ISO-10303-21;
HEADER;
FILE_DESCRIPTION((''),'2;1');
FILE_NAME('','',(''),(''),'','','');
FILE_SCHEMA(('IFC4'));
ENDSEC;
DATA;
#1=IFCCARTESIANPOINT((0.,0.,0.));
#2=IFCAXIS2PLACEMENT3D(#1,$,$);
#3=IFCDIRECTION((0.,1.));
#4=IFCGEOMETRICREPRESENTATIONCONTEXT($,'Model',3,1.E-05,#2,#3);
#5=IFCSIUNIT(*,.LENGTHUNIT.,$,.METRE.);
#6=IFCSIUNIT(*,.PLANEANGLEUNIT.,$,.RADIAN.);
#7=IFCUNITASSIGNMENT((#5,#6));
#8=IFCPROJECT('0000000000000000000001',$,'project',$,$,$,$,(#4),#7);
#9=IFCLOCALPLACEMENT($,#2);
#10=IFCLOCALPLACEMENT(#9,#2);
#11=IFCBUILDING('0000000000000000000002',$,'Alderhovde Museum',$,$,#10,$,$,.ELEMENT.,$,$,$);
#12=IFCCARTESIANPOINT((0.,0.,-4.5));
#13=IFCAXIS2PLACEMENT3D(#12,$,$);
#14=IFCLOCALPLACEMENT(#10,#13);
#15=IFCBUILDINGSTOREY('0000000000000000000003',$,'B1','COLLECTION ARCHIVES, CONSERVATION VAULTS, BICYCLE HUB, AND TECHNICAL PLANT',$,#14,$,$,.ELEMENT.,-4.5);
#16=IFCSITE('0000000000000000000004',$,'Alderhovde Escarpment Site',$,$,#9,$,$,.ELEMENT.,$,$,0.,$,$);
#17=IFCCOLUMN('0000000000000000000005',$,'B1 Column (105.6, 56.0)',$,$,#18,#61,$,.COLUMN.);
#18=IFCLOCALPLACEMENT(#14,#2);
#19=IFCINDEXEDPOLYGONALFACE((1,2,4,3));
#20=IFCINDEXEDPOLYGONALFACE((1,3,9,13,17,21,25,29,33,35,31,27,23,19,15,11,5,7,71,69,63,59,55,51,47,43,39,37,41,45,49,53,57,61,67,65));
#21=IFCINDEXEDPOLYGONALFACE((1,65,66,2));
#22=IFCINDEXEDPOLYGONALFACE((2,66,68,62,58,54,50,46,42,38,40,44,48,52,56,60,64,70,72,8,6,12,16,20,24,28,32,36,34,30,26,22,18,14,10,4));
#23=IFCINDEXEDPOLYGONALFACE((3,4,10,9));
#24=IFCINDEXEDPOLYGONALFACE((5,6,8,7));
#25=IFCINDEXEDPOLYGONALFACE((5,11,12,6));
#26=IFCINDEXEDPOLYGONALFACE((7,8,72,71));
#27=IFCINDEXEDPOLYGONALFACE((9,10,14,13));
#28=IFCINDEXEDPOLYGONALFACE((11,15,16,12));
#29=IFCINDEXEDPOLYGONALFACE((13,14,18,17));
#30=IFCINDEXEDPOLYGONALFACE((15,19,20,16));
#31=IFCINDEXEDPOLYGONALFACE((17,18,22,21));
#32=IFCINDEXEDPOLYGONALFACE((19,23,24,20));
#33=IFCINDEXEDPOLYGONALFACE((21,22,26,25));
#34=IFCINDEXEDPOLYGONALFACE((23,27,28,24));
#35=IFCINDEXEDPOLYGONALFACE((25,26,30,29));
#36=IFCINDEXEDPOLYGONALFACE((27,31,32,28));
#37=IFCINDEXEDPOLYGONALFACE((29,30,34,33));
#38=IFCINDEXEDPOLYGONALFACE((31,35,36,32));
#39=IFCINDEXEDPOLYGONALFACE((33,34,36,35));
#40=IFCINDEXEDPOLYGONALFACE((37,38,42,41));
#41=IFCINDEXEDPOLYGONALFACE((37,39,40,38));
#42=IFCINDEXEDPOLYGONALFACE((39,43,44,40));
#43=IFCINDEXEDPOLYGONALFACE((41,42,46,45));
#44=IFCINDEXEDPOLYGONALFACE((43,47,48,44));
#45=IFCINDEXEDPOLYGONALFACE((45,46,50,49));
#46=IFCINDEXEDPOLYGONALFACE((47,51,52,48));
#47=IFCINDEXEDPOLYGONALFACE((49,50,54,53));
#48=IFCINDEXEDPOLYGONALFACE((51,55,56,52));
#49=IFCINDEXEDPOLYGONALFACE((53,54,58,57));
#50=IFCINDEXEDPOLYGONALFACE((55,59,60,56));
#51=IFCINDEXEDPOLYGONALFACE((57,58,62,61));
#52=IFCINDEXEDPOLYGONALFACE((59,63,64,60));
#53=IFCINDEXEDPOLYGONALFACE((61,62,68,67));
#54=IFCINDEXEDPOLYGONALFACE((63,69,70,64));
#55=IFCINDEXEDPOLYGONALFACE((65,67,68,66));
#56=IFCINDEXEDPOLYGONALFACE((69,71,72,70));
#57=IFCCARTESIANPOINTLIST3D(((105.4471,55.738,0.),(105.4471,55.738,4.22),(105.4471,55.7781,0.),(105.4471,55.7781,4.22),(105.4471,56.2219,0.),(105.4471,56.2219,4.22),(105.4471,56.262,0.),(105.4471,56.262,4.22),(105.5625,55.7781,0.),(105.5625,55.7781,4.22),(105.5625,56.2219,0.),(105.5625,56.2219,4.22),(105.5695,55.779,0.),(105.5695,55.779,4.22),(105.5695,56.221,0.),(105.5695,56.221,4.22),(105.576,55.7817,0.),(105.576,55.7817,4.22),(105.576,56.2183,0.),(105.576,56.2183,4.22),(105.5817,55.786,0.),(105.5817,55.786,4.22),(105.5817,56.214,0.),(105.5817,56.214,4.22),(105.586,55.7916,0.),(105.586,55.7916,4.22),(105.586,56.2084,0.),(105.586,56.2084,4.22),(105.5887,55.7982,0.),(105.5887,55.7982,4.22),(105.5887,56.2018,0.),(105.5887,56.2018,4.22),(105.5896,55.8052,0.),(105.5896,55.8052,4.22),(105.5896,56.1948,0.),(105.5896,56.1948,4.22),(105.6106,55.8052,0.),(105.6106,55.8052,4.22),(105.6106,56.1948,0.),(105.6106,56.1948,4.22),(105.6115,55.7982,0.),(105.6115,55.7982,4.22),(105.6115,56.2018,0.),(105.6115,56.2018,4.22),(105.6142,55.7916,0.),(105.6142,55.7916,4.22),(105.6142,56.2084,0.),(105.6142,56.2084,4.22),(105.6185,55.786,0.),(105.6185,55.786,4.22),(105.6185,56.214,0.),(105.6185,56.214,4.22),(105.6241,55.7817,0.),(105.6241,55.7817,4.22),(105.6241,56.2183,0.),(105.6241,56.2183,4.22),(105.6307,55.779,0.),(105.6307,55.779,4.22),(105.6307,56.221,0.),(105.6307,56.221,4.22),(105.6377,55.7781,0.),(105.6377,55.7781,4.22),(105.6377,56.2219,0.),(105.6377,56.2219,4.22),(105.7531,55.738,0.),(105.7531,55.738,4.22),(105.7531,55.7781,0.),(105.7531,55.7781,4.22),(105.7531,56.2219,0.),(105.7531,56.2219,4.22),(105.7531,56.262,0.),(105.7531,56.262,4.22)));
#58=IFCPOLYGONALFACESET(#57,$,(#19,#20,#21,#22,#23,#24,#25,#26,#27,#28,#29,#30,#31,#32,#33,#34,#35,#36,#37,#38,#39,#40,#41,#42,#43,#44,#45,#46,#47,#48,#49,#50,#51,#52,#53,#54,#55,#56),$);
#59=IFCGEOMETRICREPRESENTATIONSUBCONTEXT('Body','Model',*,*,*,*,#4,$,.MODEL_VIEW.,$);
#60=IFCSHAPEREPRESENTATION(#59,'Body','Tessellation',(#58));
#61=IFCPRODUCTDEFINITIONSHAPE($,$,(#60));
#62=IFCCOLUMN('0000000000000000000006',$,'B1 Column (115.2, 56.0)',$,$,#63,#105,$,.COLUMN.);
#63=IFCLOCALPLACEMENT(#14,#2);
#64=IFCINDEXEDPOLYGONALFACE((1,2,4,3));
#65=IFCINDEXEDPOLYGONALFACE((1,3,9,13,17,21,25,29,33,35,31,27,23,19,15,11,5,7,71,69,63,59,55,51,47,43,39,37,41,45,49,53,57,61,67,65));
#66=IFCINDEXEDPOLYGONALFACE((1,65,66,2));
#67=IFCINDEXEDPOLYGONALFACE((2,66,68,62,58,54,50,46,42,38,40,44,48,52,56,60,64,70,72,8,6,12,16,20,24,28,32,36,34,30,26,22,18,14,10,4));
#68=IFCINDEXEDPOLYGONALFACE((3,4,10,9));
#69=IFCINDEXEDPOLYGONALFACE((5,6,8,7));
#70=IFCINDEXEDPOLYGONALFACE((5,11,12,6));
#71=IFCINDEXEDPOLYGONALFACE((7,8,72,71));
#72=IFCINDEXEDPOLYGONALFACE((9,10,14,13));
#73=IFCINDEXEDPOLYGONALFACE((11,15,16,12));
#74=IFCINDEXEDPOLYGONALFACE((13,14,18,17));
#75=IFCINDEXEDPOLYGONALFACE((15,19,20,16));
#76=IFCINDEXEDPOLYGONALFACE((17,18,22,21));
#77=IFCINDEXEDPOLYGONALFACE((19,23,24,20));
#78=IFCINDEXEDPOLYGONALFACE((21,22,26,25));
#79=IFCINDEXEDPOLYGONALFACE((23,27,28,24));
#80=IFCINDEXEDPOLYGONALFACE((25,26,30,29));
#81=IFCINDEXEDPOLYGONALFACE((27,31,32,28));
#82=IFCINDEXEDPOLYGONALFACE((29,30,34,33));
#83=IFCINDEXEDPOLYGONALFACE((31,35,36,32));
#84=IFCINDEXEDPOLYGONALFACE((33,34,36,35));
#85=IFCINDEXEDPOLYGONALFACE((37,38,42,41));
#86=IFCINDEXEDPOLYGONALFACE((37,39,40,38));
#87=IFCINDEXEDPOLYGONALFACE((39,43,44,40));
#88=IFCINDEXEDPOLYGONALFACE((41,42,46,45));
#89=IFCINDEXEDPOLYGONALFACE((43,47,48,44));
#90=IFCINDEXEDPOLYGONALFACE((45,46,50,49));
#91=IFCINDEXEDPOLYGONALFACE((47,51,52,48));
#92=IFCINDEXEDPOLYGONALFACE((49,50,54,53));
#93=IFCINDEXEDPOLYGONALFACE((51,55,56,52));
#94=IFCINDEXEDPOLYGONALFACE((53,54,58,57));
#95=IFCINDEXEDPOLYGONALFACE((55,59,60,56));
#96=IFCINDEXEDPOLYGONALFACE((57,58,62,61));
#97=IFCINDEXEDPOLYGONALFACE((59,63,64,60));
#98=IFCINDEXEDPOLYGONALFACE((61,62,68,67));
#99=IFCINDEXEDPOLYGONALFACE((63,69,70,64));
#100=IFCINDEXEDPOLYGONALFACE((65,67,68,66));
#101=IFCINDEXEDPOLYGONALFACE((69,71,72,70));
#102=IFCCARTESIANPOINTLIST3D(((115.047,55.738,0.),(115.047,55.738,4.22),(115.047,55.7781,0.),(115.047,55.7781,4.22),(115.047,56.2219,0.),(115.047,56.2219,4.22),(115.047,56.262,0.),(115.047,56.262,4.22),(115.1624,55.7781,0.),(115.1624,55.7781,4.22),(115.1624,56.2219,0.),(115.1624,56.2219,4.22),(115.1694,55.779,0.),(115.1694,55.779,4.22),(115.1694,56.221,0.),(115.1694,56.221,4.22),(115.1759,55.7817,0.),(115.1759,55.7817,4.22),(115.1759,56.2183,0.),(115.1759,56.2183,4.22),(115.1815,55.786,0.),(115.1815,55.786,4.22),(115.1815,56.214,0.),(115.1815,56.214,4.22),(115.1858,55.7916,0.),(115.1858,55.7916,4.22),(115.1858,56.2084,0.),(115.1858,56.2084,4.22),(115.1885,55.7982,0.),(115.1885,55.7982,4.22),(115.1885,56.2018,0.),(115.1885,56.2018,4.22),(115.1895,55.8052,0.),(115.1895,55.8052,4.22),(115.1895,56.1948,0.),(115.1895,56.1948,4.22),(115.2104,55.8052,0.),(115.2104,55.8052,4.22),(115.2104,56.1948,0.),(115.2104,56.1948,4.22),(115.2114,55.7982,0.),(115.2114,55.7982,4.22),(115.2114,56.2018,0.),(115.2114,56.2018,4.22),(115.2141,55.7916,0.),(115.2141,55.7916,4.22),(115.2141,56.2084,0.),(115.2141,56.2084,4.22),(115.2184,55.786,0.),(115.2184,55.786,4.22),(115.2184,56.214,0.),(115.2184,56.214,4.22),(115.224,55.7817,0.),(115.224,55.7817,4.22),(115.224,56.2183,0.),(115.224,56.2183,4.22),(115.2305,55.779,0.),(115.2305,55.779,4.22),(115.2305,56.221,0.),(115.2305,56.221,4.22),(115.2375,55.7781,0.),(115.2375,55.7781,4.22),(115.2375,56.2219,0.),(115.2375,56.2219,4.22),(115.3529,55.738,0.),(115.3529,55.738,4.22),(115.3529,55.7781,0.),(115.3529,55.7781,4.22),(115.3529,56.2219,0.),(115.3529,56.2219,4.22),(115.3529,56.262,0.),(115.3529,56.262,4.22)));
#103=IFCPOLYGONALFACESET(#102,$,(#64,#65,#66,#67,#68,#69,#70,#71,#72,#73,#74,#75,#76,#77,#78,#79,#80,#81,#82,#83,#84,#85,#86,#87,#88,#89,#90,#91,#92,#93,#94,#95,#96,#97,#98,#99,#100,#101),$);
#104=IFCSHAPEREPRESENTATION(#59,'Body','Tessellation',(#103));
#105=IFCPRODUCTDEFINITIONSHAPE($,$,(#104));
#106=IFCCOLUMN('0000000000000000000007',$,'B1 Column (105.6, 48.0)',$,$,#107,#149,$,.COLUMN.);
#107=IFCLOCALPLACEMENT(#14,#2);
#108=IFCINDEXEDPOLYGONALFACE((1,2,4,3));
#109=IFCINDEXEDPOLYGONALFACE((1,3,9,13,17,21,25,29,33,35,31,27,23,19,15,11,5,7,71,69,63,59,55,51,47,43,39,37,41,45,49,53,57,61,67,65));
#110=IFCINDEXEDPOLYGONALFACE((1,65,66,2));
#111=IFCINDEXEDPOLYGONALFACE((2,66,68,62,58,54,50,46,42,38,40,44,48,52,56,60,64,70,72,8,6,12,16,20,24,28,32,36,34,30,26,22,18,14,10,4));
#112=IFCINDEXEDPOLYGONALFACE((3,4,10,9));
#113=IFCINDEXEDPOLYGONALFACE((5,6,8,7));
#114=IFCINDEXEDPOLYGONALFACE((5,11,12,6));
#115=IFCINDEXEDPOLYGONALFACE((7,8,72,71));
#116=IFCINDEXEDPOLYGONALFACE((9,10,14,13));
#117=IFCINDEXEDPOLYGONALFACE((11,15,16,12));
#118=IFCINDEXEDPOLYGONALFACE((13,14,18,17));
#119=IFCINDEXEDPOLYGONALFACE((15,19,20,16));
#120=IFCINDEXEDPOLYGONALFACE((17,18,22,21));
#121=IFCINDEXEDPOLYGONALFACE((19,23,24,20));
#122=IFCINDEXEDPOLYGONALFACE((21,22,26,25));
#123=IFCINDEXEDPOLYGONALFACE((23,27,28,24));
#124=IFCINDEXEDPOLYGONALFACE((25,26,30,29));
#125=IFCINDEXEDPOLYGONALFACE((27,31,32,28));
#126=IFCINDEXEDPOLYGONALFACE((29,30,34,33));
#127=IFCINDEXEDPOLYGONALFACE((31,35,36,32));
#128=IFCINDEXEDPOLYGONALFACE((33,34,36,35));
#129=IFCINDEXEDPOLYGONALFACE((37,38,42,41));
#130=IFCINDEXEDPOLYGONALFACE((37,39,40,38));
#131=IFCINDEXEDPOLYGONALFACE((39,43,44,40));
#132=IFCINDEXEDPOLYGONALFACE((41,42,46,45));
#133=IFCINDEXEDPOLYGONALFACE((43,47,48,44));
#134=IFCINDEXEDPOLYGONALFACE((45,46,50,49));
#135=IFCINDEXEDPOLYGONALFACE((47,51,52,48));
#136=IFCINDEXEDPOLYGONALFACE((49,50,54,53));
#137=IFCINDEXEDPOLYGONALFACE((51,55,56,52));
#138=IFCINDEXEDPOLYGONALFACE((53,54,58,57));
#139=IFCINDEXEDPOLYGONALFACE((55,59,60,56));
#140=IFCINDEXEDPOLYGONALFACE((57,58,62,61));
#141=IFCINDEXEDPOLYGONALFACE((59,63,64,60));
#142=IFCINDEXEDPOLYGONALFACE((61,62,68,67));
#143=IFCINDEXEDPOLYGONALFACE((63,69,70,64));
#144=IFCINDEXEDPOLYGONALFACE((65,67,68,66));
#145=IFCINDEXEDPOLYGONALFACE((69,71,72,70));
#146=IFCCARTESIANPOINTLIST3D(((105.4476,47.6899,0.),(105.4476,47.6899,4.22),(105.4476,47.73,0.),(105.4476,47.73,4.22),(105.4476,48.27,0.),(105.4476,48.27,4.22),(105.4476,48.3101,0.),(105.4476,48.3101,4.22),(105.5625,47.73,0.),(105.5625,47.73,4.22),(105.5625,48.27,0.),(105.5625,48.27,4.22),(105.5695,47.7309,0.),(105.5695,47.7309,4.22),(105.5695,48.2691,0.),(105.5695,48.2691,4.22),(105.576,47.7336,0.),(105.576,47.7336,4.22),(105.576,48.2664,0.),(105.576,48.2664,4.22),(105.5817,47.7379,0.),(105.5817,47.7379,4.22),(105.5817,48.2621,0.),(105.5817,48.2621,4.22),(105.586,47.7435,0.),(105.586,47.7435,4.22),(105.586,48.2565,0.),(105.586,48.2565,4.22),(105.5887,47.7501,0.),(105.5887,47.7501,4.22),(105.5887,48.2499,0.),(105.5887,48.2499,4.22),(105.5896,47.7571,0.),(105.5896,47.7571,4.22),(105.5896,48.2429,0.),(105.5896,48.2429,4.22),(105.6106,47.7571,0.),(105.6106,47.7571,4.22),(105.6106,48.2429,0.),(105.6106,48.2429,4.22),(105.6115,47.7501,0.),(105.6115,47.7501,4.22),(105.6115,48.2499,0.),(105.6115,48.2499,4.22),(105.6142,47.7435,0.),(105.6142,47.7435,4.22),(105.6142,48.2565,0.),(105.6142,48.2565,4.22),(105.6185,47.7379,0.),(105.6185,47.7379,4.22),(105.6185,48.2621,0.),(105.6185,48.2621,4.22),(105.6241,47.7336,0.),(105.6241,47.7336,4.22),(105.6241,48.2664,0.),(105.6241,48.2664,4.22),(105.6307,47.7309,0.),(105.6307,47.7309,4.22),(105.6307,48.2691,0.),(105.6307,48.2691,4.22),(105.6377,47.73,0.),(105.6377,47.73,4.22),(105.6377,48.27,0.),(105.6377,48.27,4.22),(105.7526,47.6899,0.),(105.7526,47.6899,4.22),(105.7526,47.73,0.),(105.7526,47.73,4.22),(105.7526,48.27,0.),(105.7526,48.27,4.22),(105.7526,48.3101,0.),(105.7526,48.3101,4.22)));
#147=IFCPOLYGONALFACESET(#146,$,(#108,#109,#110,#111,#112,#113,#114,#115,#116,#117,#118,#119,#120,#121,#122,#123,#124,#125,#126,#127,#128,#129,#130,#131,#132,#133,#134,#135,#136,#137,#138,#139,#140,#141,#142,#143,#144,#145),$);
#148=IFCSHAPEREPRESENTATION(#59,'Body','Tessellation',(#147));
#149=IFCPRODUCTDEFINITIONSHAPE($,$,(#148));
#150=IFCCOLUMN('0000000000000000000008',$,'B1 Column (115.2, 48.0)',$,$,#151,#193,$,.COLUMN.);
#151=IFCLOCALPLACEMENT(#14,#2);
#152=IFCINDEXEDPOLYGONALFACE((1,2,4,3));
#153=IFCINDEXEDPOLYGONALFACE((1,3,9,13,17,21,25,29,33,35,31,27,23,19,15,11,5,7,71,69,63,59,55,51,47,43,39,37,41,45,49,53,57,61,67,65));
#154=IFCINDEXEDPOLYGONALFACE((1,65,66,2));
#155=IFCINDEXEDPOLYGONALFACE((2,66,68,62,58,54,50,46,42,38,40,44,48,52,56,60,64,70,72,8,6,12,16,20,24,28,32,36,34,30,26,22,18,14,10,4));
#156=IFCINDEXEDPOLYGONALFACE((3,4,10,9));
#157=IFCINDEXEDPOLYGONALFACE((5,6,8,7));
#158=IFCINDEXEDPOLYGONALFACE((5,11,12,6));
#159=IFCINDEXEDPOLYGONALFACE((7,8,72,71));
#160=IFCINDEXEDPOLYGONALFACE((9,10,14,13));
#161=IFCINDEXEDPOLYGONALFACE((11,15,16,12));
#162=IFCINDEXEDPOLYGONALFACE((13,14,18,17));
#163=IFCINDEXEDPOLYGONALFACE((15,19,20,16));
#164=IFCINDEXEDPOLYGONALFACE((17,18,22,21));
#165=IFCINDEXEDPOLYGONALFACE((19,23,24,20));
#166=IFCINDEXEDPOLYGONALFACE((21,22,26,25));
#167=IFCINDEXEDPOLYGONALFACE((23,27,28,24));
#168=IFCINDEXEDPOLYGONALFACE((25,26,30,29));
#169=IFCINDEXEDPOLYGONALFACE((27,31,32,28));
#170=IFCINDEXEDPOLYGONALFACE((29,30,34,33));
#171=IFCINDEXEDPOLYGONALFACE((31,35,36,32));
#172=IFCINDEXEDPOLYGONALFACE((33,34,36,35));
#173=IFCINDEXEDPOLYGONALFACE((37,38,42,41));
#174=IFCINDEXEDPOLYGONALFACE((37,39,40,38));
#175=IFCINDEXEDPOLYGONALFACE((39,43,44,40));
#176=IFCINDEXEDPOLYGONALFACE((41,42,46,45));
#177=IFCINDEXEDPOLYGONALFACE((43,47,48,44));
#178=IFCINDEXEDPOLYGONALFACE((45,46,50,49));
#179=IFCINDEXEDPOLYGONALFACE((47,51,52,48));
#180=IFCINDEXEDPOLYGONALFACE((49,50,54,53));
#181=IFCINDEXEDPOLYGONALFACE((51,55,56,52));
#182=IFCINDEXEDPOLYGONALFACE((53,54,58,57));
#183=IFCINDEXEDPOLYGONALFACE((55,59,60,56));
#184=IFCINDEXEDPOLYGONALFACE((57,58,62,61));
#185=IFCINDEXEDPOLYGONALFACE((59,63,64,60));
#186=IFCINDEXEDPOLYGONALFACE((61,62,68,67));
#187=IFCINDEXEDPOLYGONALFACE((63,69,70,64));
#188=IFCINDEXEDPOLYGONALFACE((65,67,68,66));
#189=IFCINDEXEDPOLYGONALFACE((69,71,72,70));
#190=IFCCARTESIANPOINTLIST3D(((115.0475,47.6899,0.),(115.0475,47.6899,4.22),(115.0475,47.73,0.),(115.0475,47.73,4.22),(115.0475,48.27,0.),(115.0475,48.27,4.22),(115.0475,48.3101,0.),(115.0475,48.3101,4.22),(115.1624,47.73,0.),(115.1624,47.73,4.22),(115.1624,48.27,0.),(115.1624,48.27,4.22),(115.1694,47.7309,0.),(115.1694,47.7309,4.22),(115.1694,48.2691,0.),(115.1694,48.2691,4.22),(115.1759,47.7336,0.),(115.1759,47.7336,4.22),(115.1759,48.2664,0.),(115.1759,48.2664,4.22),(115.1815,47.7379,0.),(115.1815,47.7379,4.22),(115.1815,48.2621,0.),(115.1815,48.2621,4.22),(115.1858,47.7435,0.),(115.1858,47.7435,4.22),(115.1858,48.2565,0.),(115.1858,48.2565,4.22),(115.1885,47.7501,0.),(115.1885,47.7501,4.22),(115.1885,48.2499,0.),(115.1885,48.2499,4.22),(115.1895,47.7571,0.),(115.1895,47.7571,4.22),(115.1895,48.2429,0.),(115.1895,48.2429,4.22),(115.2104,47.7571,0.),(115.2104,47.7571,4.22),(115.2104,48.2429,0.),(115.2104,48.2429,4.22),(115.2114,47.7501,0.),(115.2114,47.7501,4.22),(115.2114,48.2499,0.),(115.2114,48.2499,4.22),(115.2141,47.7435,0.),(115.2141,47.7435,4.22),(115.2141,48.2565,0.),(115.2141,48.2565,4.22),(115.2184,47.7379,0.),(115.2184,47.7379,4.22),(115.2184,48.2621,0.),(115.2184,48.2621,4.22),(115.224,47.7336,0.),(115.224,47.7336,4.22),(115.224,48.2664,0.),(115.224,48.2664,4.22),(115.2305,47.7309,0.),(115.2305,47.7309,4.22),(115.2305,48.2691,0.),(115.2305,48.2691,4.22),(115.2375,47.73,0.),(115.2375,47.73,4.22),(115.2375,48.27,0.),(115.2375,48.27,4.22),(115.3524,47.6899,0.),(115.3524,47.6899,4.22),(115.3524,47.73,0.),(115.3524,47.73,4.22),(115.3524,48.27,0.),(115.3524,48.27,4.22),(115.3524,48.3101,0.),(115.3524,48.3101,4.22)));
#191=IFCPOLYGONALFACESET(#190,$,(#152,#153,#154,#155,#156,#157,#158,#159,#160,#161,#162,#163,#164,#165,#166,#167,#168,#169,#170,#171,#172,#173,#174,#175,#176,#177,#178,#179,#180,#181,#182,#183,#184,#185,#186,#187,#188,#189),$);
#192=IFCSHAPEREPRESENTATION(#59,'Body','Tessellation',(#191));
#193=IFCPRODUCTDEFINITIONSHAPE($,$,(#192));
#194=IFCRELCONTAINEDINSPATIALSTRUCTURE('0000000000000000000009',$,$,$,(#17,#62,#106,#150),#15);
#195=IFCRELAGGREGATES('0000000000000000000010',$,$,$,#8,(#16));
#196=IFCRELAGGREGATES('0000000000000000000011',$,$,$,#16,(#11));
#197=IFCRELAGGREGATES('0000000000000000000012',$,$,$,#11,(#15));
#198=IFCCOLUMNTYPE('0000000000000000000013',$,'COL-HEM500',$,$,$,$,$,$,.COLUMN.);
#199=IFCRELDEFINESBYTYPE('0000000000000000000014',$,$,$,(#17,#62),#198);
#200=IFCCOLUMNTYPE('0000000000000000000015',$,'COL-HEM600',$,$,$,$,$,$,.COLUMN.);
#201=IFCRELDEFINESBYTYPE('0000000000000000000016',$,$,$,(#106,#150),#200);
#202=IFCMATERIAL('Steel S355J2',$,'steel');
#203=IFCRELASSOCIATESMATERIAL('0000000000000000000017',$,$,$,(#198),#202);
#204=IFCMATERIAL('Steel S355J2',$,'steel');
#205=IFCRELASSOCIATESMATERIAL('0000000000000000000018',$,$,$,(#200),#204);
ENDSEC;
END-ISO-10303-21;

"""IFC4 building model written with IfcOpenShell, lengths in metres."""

from ifc_helpers import new_model, si_unit, direction, frame, origin, origin_2d, place, context, subcontext, project, spatial, i_section, extrude, material, material_profile, profile_set, type_object, element, save


model = new_model("IFC4")

# Units and contexts
model_context = context("Model", 3, precision=1e-05, world=origin(), true_north=direction((0.0, 1.0)))
body_context = subcontext(model_context, "Body", "Model", "MODEL_VIEW")
ifc_project = project(units=[si_unit("LENGTHUNIT", "METRE"), si_unit("PLANEANGLEUNIT", "RADIAN")], contexts=[model_context])

# Site, building, storey
site_placement = place(None, origin())
site = spatial("IfcSite", under=ifc_project, at=site_placement, Name="Alderhovde Escarpment Site", CompositionType="ELEMENT", RefElevation=0.0)
building_placement = place(site_placement, origin())
building = spatial("IfcBuilding", under=site, at=building_placement, Name="Alderhovde Museum", CompositionType="ELEMENT")
storey_placement = place(building_placement, frame((0.0, 0.0, -4.5)))
storey = spatial("IfcBuildingStorey", under=building, at=storey_placement, Name="B1", Description="COLLECTION ARCHIVES, CONSERVATION VAULTS, BICYCLE HUB, AND TECHNICAL PLANT", CompositionType="ELEMENT", Elevation=-4.5)

# Columns
ifc_material_1 = material(Name="Steel S355J2", Category="steel")
ifc_material_profile_1 = material_profile(ifc_material_1, i_section(OverallWidth=0.3059, OverallDepth=0.5239, WebThickness=0.021, FlangeThickness=0.04, FilletRadius=0.0271, at=origin_2d()), Name="HEM 500")
ifc_profile_set_1 = profile_set([ifc_material_profile_1], Name="Steel S355J2")
column_type_1 = type_object("IfcColumnType", Name="COL-HEM500", PredefinedType="COLUMN", material=ifc_profile_set_1)
for number, where, z_axis, x_axis, name in (
    (1, (105.6001, 56.0, 0.0), (0.0, 0.0, 1.0), (1.0, 0.0, 0.0), "B1 Column (105.6, 56.0)"),
    (2, (115.2, 56.0, 0.0), (0.0, 0.0, 1.0), (1.0, 0.0, 0.0), "B1 Column (115.2, 56.0)"),
):
    element("IfcColumn", number, at=place(storey_placement, frame(where, z_axis=z_axis, x_axis=x_axis)), inside=storey, type_object=column_type_1, Name=name, PredefinedType="COLUMN", context=body_context, shape_type="SweptSolid", body=[
        extrude(i_section(OverallWidth=0.3059, OverallDepth=0.5239, WebThickness=0.021, FlangeThickness=0.04, FilletRadius=0.0271, at=origin_2d()), origin(), (0.0, 0.0, 1.0), 4.22),
    ])
ifc_material_2 = material(Name="Steel S355J2", Category="steel")
ifc_material_profile_2 = material_profile(ifc_material_2, i_section(OverallWidth=0.3049, OverallDepth=0.6201, WebThickness=0.021, FlangeThickness=0.04, FilletRadius=0.0271, at=origin_2d()), Name="HEM 600")
ifc_profile_set_2 = profile_set([ifc_material_profile_2], Name="Steel S355J2")
column_type_2 = type_object("IfcColumnType", Name="COL-HEM600", PredefinedType="COLUMN", material=ifc_profile_set_2)
for number, where, z_axis, x_axis, name in (
    (3, (105.6001, 48.0, 0.0), (0.0, 0.0, 1.0), (1.0, 0.0, 0.0), "B1 Column (105.6, 48.0)"),
    (4, (115.2, 48.0, 0.0), (0.0, 0.0, 1.0), (1.0, 0.0, 0.0), "B1 Column (115.2, 48.0)"),
):
    element("IfcColumn", number, at=place(storey_placement, frame(where, z_axis=z_axis, x_axis=x_axis)), inside=storey, type_object=column_type_2, Name=name, PredefinedType="COLUMN", context=body_context, shape_type="SweptSolid", body=[
        extrude(i_section(OverallWidth=0.3049, OverallDepth=0.6201, WebThickness=0.021, FlangeThickness=0.04, FilletRadius=0.0271, at=origin_2d()), origin(), (0.0, 0.0, 1.0), 4.22),
    ])

save(model, "model.ifc")
